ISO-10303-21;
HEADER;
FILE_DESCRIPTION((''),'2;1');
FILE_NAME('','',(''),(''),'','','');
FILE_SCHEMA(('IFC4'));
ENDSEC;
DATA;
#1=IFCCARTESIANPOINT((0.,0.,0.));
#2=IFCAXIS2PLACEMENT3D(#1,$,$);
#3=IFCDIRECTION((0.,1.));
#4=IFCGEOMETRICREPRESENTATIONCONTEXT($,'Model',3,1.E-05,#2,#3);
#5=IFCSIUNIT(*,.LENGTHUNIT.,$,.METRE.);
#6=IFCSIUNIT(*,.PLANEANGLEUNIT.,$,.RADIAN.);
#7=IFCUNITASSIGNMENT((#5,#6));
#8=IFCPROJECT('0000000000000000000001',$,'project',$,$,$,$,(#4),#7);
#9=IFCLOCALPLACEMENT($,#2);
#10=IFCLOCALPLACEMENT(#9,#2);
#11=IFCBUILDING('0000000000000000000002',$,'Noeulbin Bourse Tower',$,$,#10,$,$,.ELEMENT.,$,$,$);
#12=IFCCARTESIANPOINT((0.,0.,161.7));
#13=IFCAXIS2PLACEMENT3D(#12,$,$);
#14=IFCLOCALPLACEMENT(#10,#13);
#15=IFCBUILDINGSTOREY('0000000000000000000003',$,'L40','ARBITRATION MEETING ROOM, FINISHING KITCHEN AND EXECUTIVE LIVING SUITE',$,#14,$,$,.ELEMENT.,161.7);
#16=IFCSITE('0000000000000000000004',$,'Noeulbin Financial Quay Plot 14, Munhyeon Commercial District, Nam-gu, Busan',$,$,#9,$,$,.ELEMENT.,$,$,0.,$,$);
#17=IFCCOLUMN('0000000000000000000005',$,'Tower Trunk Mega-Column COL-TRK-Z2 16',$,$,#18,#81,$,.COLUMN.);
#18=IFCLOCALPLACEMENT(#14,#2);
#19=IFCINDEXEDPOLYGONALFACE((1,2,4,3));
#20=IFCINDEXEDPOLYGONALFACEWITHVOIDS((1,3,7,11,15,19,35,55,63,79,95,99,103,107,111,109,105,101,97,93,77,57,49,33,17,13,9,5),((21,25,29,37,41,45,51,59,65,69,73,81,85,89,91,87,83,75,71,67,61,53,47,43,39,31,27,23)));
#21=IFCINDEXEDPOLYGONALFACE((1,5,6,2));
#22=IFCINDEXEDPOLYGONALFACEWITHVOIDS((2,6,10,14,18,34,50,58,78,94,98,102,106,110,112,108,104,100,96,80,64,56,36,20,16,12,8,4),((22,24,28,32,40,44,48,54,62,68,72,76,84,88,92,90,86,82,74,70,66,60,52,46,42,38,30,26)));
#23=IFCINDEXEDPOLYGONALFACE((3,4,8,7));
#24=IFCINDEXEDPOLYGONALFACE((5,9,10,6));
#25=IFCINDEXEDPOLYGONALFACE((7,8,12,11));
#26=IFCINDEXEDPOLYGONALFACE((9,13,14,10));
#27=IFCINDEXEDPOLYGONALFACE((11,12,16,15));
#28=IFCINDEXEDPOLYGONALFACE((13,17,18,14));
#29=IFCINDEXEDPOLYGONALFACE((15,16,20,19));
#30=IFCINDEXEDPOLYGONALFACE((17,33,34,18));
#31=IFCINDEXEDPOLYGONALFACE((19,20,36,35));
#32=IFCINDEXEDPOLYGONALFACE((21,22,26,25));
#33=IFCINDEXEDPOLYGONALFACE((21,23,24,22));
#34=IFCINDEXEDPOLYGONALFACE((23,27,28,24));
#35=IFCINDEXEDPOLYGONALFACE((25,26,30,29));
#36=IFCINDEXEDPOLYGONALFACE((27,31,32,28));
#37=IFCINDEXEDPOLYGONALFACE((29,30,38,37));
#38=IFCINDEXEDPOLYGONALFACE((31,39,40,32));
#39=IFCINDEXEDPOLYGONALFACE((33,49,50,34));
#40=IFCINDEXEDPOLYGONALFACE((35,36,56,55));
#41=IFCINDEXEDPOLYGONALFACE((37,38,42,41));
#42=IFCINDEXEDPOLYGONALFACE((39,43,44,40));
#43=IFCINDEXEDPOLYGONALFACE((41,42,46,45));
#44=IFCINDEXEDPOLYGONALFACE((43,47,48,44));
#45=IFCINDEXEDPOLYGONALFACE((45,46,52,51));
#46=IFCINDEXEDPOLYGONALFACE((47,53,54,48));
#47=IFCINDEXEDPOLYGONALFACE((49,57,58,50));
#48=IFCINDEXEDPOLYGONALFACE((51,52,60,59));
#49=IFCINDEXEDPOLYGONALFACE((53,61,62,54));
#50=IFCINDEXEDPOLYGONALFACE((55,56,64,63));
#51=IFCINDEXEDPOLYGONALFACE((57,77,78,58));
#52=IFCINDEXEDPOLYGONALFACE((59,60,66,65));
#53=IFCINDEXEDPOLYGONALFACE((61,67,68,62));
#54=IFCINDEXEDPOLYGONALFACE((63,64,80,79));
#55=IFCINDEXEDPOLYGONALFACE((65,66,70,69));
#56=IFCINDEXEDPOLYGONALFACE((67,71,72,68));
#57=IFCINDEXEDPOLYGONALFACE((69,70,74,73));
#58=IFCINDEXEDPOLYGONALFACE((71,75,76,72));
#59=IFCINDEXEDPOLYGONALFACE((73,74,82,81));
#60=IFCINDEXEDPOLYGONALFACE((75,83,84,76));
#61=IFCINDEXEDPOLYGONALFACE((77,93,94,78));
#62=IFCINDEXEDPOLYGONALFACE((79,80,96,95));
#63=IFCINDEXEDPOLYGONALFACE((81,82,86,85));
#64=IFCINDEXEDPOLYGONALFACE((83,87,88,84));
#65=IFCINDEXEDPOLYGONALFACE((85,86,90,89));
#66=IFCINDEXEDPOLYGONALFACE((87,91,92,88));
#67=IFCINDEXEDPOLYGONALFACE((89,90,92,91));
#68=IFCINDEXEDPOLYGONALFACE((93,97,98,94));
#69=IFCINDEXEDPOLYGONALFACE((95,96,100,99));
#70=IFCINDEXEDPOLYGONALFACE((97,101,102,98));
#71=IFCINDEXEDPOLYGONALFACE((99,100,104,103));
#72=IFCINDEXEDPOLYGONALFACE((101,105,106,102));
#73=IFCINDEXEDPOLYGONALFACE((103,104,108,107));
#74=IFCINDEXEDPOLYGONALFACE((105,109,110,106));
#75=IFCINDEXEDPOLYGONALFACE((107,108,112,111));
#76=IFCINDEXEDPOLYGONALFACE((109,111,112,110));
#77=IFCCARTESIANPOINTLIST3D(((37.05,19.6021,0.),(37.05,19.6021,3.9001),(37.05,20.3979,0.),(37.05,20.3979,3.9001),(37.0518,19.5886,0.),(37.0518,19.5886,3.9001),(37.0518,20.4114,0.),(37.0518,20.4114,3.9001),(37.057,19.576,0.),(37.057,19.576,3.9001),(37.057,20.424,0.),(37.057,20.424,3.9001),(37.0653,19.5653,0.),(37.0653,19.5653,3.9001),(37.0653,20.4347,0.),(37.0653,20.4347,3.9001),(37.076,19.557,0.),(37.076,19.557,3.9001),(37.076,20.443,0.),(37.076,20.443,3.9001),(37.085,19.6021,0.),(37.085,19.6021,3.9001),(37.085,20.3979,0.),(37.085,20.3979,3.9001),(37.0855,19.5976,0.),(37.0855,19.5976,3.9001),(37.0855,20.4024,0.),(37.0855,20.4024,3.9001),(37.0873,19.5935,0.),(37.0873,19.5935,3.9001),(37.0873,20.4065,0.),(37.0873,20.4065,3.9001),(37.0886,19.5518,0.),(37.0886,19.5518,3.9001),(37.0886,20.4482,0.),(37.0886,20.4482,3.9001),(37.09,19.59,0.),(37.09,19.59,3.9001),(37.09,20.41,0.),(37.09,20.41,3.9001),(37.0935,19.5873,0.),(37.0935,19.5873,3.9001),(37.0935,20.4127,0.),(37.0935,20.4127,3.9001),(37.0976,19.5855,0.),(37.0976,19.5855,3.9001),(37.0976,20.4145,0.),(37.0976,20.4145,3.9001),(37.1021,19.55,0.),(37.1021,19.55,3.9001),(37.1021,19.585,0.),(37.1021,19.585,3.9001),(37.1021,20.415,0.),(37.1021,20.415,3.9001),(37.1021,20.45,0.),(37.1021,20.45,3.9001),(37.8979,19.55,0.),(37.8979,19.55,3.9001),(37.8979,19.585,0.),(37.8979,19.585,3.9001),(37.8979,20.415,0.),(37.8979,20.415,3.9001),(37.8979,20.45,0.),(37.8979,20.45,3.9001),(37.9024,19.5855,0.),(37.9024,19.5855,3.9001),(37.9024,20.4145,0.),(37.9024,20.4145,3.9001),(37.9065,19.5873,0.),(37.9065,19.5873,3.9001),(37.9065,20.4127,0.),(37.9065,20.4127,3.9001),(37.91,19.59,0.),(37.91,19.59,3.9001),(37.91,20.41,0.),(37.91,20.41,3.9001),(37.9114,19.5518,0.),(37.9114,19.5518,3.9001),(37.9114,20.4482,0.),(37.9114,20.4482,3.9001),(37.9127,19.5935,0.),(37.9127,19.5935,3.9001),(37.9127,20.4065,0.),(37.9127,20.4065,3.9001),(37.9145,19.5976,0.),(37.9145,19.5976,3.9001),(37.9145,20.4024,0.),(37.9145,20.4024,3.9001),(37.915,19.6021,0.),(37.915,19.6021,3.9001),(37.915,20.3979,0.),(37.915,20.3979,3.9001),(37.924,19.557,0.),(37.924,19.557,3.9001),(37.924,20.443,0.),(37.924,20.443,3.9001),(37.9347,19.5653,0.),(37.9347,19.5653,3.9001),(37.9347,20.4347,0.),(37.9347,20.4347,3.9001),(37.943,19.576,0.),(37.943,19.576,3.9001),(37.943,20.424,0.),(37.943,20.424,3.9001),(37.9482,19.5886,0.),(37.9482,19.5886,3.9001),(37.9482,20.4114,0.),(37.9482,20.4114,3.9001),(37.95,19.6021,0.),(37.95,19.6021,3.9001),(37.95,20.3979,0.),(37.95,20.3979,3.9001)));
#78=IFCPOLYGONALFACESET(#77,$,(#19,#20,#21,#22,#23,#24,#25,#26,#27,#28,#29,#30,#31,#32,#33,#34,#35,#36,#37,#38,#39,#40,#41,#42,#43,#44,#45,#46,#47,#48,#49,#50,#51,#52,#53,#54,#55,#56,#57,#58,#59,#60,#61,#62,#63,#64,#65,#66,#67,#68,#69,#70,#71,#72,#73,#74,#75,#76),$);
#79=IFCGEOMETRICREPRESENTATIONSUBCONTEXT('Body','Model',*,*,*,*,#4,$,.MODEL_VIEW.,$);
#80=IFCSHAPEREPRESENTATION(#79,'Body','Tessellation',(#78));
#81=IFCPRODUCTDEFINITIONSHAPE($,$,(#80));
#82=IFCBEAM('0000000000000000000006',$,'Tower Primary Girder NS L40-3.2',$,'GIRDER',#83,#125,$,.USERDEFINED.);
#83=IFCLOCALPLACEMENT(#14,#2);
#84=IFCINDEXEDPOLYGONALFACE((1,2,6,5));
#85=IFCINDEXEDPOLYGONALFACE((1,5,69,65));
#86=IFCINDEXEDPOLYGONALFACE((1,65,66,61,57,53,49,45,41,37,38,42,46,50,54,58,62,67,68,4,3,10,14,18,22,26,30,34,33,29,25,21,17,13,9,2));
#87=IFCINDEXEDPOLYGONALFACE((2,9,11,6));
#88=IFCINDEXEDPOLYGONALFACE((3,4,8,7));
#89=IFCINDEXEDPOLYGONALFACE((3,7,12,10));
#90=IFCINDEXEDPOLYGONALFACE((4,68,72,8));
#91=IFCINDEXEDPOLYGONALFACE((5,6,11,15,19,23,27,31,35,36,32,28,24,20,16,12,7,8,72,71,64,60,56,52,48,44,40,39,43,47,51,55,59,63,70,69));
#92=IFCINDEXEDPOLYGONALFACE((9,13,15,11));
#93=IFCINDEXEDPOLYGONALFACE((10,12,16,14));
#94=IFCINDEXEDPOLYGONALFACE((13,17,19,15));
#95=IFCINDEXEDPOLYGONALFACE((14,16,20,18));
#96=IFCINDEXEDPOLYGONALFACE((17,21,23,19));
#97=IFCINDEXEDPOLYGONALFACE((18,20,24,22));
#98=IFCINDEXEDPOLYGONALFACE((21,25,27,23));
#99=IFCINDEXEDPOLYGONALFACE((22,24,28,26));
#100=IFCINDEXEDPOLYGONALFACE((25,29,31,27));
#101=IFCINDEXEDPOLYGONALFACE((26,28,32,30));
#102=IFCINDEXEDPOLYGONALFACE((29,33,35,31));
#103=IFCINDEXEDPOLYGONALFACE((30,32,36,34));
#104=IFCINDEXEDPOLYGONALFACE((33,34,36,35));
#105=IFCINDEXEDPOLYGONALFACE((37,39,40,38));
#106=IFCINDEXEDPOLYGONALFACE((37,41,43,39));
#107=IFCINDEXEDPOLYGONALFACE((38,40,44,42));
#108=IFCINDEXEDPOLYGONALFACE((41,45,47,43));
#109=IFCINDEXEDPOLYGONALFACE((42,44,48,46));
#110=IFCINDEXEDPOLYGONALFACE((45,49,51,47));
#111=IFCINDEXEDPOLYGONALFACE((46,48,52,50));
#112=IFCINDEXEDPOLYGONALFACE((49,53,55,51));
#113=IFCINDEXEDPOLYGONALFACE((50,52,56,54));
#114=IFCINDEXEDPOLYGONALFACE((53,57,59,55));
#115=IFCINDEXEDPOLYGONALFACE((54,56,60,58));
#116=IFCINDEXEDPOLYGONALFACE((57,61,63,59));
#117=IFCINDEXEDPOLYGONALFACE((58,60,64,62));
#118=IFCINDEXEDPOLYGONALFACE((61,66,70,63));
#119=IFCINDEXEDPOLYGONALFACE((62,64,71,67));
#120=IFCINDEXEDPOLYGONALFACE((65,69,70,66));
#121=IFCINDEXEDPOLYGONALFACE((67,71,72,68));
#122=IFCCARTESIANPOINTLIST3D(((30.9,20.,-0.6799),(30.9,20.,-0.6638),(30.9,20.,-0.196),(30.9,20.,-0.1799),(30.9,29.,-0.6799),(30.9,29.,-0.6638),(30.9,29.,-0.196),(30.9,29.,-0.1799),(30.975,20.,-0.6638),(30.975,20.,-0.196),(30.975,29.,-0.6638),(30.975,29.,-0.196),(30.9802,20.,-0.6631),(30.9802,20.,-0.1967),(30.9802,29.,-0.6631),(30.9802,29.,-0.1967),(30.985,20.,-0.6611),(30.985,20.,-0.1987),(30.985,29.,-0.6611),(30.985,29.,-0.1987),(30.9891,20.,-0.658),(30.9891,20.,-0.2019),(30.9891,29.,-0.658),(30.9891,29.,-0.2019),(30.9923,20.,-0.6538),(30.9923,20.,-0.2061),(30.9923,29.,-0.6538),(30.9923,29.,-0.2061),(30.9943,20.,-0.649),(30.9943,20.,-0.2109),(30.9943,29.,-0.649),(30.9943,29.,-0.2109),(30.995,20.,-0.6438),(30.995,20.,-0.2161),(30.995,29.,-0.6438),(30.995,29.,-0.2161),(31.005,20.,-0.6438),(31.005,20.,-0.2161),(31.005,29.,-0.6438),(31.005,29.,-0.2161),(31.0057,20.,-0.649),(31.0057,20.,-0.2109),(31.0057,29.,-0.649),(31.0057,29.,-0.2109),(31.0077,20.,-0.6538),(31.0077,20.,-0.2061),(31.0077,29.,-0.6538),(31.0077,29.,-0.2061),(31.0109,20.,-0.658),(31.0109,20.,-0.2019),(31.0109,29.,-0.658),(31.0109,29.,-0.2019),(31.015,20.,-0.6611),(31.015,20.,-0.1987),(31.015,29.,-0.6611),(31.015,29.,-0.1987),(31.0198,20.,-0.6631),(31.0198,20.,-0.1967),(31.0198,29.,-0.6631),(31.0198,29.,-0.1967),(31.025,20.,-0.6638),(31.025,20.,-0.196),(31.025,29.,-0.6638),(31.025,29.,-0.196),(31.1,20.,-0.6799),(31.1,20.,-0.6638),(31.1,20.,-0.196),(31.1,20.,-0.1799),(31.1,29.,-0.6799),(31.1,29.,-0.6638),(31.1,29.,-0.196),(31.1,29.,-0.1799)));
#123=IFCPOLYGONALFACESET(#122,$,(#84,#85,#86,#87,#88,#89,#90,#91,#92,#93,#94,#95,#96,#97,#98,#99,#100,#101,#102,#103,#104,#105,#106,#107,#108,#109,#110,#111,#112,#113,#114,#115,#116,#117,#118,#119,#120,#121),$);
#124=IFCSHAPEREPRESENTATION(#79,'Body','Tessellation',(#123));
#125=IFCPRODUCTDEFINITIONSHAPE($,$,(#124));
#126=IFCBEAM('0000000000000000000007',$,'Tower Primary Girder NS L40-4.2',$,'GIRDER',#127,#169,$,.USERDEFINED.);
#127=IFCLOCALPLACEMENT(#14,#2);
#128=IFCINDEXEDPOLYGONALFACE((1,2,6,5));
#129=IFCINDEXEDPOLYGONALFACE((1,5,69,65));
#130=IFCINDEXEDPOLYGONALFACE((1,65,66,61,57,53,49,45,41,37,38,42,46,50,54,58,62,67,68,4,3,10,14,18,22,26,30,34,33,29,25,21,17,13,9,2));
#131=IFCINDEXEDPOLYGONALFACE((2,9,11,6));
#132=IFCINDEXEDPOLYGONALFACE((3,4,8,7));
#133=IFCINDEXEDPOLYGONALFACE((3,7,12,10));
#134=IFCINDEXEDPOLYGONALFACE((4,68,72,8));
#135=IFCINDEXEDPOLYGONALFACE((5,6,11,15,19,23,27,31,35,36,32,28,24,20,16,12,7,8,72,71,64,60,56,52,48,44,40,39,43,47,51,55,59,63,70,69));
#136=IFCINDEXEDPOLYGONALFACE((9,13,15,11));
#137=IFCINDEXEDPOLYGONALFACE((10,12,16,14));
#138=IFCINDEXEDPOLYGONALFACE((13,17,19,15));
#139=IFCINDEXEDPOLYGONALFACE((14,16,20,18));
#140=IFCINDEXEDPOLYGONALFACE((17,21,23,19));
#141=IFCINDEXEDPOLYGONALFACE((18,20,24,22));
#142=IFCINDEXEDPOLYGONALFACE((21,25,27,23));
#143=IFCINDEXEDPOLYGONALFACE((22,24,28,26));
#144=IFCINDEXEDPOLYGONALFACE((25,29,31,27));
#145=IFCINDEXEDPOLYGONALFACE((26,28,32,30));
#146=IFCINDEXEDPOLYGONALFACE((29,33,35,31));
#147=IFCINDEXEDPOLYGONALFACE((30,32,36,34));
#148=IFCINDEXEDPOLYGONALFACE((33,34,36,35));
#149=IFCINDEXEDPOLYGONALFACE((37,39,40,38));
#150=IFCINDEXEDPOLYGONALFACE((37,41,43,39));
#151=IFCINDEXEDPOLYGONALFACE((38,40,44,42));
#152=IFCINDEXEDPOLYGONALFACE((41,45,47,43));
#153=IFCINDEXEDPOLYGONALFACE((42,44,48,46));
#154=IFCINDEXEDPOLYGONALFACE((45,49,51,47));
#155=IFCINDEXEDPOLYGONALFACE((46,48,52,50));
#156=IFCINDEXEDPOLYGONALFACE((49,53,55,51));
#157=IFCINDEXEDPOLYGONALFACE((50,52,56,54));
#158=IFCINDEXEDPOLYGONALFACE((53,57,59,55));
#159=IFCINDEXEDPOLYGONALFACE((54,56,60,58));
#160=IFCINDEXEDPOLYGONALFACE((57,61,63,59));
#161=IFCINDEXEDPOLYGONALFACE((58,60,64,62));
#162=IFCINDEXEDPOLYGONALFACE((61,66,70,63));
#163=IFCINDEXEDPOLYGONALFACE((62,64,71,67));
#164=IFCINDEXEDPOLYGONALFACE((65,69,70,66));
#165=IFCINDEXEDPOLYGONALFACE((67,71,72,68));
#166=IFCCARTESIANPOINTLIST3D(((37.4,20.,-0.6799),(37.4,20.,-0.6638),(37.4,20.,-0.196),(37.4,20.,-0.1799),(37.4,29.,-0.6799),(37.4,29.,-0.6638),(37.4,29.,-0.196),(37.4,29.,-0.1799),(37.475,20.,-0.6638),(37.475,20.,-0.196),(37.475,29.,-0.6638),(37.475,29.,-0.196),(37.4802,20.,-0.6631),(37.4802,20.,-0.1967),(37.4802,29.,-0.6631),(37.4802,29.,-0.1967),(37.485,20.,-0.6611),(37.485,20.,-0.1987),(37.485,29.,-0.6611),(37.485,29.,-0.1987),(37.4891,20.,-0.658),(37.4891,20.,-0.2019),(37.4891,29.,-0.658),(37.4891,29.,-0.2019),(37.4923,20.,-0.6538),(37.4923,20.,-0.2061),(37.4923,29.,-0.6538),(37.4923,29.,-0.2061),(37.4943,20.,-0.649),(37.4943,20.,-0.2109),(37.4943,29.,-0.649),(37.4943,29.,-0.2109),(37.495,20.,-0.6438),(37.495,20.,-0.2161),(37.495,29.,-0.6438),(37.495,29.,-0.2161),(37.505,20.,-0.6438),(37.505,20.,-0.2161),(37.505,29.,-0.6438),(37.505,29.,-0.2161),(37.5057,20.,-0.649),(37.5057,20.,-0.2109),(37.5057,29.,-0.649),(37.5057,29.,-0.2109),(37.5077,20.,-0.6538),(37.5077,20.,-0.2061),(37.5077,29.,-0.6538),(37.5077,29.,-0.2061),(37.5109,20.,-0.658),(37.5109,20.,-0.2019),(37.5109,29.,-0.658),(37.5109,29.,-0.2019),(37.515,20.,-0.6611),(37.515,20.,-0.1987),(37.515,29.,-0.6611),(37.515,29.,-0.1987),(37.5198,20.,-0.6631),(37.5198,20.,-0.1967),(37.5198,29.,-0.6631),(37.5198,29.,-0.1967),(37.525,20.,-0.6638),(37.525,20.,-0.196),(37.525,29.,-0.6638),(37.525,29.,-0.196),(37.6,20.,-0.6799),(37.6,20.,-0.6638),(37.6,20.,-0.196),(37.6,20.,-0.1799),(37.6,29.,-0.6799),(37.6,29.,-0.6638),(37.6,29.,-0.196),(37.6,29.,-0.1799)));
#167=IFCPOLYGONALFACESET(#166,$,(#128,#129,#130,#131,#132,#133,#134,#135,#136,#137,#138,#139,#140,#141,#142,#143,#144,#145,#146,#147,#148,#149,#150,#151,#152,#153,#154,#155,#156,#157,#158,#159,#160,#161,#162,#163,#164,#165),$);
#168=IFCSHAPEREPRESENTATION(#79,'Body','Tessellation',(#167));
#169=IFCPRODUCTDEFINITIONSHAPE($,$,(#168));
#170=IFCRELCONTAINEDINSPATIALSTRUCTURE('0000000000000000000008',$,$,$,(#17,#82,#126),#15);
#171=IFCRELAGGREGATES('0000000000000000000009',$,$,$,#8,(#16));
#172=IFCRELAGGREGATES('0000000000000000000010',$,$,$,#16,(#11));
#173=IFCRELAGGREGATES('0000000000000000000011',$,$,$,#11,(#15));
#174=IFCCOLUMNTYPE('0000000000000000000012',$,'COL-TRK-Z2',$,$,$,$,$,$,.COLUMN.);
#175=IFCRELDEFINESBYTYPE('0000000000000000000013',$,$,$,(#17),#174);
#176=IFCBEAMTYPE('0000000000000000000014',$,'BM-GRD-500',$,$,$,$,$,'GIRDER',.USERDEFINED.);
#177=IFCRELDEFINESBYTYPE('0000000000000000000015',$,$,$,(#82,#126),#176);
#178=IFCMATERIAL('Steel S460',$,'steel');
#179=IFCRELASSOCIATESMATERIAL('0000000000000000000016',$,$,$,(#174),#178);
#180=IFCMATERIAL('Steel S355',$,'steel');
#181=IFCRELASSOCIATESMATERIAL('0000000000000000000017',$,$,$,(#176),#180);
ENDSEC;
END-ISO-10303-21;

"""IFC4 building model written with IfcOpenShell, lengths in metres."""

from ifc_helpers import new_model, si_unit, direction, frame, origin, origin_2d, place, context, subcontext, project, spatial, hollow_rectangle, i_section, extrude, material, material_profile, profile_set, type_object, element, save


model = new_model("IFC4")

# Units and contexts
model_context = context("Model", 3, precision=1e-05, world=origin(), true_north=direction((0.0, 1.0)))
body_context = subcontext(model_context, "Body", "Model", "MODEL_VIEW")
ifc_project = project(units=[si_unit("LENGTHUNIT", "METRE"), si_unit("PLANEANGLEUNIT", "RADIAN")], contexts=[model_context])

# Site, building, storey
site_placement = place(None, origin())
site = spatial("IfcSite", under=ifc_project, at=site_placement, Name="Noeulbin Financial Quay Plot 14, Munhyeon Commercial District, Nam-gu, Busan", CompositionType="ELEMENT", RefElevation=0.0)
building_placement = place(site_placement, origin())
building = spatial("IfcBuilding", under=site, at=building_placement, Name="Noeulbin Bourse Tower", CompositionType="ELEMENT")
storey_placement = place(building_placement, frame((0.0, 0.0, 161.7)))
storey = spatial("IfcBuildingStorey", under=building, at=storey_placement, Name="L40", Description="ARBITRATION MEETING ROOM, FINISHING KITCHEN AND EXECUTIVE LIVING SUITE", CompositionType="ELEMENT", Elevation=161.7)

# Column
ifc_material_1 = material(Name="Steel S460", Category="steel")
ifc_material_profile_1 = material_profile(ifc_material_1, hollow_rectangle(XDim=0.8999, YDim=0.8999, WallThickness=0.0349, InnerFilletRadius=0.0171, OuterFilletRadius=0.052, at=origin_2d()), Name="BOX-900x900x35", Category="LoadBearing")
ifc_profile_set_1 = profile_set([ifc_material_profile_1], Name="Steel S460")
column_type = type_object("IfcColumnType", Name="COL-TRK-Z2", PredefinedType="COLUMN", material=ifc_profile_set_1)
for number, where, z_axis, x_axis, name in (
    (1, (37.5, 20.0, 0.0), (0.0, 0.0, 1.0), (1.0, 0.0, 0.0), "Tower Trunk Mega-Column COL-TRK-Z2 16"),
):
    element("IfcColumn", number, at=place(storey_placement, frame(where, z_axis=z_axis, x_axis=x_axis)), inside=storey, type_object=column_type, Name=name, PredefinedType="COLUMN", context=body_context, shape_type="SweptSolid", body=[
        extrude(hollow_rectangle(XDim=0.8999, YDim=0.8999, WallThickness=0.0349, InnerFilletRadius=0.0171, OuterFilletRadius=0.052, at=origin_2d()), origin(), (0.0, 0.0, 1.0), 3.9001),
    ])

# Beams
ifc_material_2 = material(Name="Steel S355", Category="steel")
ifc_material_profile_2 = material_profile(ifc_material_2, i_section(OverallWidth=0.2, OverallDepth=0.5, WebThickness=0.01, FlangeThickness=0.0161, FilletRadius=0.02, at=origin_2d()), Name="H-500x200x10x16", Category="LoadBearing")
ifc_profile_set_2 = profile_set([ifc_material_profile_2], Name="Steel S355")
beam_type_1 = type_object("IfcBeamType", Name="BM-GRD-500", ElementType="GIRDER", PredefinedType="USERDEFINED", material=ifc_profile_set_2)
for number, where, z_axis, x_axis, name in (
    (2, (31.0, 20.0, -0.4299), (0.0, 1.0, 0.0), (-1.0, 0.0, 0.0), "Tower Primary Girder NS L40-3.2"),
    (3, (37.5, 20.0, -0.4299), (0.0, 1.0, 0.0), (-1.0, 0.0, 0.0), "Tower Primary Girder NS L40-4.2"),
):
    element("IfcBeam", number, at=place(storey_placement, frame(where, z_axis=z_axis, x_axis=x_axis)), inside=storey, type_object=beam_type_1, Name=name, ObjectType="GIRDER", PredefinedType="USERDEFINED", context=body_context, shape_type="SweptSolid", body=[
        extrude(i_section(OverallWidth=0.2, OverallDepth=0.5, WebThickness=0.01, FlangeThickness=0.0161, FilletRadius=0.02, at=origin_2d()), origin(), (0.0, 0.0, 1.0), 9.0),
    ])

save(model, "model.ifc")
